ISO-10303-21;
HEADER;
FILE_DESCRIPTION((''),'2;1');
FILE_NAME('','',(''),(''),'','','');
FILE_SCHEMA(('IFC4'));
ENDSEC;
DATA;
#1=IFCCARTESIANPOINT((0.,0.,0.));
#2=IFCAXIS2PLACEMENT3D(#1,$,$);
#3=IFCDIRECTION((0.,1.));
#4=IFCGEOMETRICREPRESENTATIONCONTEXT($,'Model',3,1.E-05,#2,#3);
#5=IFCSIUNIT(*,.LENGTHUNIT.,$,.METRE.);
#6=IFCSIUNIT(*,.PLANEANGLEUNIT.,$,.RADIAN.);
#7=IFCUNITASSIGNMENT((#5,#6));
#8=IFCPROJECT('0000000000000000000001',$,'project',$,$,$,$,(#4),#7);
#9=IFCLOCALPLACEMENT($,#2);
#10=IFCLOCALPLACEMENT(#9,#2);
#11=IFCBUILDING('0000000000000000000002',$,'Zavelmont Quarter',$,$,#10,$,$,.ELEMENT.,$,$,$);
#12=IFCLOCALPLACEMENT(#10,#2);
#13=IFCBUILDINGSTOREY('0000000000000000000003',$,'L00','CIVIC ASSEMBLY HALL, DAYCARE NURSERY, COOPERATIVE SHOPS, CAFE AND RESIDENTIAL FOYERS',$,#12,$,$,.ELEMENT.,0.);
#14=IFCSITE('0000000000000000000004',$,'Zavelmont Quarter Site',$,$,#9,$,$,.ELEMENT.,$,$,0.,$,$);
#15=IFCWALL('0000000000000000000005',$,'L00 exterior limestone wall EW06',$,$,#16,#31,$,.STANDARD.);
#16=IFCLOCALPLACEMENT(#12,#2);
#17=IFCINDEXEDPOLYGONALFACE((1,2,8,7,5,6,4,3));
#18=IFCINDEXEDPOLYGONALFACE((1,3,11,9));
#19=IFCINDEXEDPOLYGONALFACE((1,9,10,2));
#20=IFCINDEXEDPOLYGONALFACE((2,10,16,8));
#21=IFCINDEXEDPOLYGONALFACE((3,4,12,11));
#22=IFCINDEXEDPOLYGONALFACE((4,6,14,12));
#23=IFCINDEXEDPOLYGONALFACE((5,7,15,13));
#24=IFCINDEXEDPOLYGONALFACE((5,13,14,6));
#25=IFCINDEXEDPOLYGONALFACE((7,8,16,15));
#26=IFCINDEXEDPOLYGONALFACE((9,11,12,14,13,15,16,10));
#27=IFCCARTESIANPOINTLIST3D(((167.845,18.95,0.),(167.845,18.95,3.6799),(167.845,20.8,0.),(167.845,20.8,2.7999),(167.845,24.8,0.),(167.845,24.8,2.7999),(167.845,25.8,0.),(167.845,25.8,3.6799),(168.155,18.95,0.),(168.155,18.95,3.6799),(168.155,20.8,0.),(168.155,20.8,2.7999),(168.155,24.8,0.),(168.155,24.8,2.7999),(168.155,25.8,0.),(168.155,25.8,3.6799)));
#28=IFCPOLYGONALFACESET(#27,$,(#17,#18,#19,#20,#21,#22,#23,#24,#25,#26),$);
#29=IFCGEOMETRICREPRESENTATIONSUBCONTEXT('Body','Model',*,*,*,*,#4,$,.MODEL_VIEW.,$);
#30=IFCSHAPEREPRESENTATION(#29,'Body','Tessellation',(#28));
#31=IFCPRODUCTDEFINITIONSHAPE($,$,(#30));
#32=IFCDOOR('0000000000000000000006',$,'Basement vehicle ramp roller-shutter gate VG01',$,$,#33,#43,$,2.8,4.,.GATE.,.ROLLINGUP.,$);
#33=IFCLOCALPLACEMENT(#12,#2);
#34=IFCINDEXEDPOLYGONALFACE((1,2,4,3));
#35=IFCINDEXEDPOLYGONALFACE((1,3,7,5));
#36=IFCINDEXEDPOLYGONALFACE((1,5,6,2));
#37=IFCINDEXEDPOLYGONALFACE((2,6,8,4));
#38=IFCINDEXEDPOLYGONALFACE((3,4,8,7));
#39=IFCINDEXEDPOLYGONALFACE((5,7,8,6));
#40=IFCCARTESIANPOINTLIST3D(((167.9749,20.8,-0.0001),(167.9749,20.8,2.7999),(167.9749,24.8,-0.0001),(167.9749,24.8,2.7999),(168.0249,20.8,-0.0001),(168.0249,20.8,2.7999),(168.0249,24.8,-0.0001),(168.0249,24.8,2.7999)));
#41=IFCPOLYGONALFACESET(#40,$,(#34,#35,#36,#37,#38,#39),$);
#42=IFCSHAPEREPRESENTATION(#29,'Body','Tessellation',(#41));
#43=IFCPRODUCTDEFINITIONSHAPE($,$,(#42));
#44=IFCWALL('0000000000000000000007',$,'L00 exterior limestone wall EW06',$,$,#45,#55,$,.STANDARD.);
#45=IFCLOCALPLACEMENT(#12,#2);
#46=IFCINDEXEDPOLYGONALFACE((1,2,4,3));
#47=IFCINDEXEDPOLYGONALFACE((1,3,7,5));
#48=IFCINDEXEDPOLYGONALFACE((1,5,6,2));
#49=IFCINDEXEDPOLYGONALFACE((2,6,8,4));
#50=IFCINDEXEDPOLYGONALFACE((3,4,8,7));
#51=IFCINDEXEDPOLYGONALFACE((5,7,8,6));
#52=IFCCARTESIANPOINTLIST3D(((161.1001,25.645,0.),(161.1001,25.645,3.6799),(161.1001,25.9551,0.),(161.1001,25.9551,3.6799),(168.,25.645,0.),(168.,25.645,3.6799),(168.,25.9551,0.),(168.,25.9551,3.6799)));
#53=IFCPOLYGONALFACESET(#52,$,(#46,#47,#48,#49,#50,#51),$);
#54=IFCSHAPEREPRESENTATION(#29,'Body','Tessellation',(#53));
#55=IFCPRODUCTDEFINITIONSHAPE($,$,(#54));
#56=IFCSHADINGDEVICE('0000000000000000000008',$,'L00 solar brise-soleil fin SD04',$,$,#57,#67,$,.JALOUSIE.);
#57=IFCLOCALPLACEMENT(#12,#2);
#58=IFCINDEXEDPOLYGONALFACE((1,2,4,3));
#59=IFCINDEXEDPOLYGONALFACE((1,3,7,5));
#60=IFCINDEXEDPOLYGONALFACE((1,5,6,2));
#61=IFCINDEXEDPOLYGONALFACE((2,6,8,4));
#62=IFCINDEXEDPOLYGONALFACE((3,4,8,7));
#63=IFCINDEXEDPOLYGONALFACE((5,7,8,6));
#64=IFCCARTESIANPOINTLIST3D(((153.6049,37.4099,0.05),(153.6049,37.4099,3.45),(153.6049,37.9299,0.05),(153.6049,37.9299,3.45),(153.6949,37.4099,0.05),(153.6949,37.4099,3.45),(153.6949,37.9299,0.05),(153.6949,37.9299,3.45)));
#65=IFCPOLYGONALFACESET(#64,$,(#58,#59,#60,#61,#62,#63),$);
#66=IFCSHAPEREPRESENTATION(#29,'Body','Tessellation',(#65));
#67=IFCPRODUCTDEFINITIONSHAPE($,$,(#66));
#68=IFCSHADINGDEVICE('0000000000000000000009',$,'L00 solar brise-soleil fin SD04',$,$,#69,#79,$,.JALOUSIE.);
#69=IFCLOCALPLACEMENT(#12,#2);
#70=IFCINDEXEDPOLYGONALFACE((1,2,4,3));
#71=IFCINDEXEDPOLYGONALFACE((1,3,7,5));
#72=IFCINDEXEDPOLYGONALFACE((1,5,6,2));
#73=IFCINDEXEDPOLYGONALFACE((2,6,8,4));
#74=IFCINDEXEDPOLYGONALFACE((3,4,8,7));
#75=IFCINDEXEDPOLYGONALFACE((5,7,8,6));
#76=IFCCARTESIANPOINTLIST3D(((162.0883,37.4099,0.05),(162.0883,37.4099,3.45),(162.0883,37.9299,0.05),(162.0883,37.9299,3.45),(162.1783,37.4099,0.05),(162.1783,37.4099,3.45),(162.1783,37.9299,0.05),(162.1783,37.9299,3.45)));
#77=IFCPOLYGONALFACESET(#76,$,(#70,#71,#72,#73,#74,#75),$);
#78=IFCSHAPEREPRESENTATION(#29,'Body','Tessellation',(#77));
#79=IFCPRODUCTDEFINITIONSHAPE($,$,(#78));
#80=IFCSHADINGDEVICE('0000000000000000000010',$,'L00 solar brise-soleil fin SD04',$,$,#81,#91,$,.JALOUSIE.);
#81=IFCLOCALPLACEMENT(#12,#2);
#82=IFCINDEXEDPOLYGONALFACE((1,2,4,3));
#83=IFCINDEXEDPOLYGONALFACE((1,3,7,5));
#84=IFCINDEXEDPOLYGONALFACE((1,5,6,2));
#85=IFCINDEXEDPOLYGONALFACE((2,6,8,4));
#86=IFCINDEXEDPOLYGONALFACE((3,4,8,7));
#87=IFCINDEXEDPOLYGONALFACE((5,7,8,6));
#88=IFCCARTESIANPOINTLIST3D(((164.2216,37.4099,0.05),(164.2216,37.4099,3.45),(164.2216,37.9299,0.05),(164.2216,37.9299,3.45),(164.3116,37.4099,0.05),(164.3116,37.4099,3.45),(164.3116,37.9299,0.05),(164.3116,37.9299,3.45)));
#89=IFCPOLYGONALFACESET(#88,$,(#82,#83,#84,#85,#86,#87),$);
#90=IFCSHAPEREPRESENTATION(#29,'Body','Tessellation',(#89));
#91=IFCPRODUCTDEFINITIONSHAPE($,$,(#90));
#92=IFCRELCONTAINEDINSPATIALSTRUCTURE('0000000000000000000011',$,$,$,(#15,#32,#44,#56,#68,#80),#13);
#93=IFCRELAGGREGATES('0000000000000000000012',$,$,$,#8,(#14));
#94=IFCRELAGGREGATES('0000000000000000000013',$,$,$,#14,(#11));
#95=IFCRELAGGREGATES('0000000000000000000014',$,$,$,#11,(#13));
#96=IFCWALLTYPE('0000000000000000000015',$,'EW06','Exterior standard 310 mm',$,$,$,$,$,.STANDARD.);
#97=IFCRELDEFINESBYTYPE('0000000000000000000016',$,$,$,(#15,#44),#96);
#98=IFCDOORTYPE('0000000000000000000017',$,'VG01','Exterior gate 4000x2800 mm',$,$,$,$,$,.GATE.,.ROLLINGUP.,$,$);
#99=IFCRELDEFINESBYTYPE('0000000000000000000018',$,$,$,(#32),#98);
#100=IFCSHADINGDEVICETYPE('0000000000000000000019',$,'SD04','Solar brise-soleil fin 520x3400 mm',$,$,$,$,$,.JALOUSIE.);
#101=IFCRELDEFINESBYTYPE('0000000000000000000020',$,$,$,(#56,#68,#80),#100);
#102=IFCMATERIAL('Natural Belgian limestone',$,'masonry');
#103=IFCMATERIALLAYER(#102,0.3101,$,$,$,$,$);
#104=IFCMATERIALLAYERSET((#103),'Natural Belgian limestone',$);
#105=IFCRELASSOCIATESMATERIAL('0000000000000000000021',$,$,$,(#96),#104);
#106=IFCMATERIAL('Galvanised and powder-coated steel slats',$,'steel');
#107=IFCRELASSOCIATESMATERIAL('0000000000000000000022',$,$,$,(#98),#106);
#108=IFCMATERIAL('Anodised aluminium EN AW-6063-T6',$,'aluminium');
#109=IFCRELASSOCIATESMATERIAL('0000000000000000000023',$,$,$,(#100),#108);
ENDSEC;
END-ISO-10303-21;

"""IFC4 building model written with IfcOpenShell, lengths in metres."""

from ifc_helpers import new_model, si_unit, direction, frame, frame_2d, origin, origin_2d, place, context, subcontext, project, spatial, rectangle, extrude, material, layer, layer_set, type_object, element, fill, save


model = new_model("IFC4")

# Units and contexts
model_context = context("Model", 3, precision=1e-05, world=origin(), true_north=direction((0.0, 1.0)))
body_context = subcontext(model_context, "Body", "Model", "MODEL_VIEW")
ifc_project = project(units=[si_unit("LENGTHUNIT", "METRE"), si_unit("PLANEANGLEUNIT", "RADIAN")], contexts=[model_context])

# Site, building, storey
site_placement = place(None, origin())
site = spatial("IfcSite", under=ifc_project, at=site_placement, Name="Zavelmont Quarter Site", CompositionType="ELEMENT", RefElevation=0.0)
building_placement = place(site_placement, origin())
building = spatial("IfcBuilding", under=site, at=building_placement, Name="Zavelmont Quarter", CompositionType="ELEMENT")
storey_placement = place(building_placement, origin())
storey = spatial("IfcBuildingStorey", under=building, at=storey_placement, Name="L00", Description="CIVIC ASSEMBLY HALL, DAYCARE NURSERY, COOPERATIVE SHOPS, CAFE AND RESIDENTIAL FOYERS", CompositionType="ELEMENT", Elevation=0.0)

# Shared definitions
ifc_material_1 = material(Name="Natural Belgian limestone", Category="masonry")

# Wall, opening, door
ifc_layer_1 = layer(ifc_material_1, 0.3101)
ifc_layer_set_1 = layer_set([ifc_layer_1], Name="Natural Belgian limestone")
wall_type_1 = type_object("IfcWallType", Name="EW06", Description="Exterior standard 310 mm", PredefinedType="STANDARD", material=ifc_layer_set_1)
wall_1_placement = place(storey_placement, frame((168.0, 18.95, 0.0), z_axis=(0.0, 0.0, 1.0), x_axis=(0.0, 1.0, 0.0)))
wall_1 = element("IfcWall", 1, at=wall_1_placement, inside=storey, type_object=wall_type_1, Name="L00 exterior limestone wall EW06", PredefinedType="STANDARD", context=body_context, shape_type="SweptSolid", body=[
    extrude(rectangle(XDim=6.8501, YDim=0.3101, at=frame_2d((3.425, 0.0))), origin(), (0.0, 0.0, 1.0), 3.6799),
])
opening_placement = place(wall_1_placement, frame((1.8501, 0.0, 0.0)))
opening = element("IfcOpeningElement", 2, at=opening_placement, cuts=wall_1, PredefinedType="OPENING", context=body_context, shape_type="SweptSolid", body=[
    extrude(rectangle(XDim=4.0, YDim=2.8, at=frame_2d((2.0, 1.3999))), frame((0.0, 0.167, 0.0), z_axis=(0.0, -1.0, 0.0), x_axis=(1.0, 0.0, 0.0)), (0.0, 0.0, 1.0), 0.334),
])
ifc_material_2 = material(Name="Galvanised and powder-coated steel slats", Category="steel")
door_type = type_object("IfcDoorType", Name="VG01", Description="Exterior gate 4000x2800 mm", OperationType="ROLLINGUP", PredefinedType="GATE", material=ifc_material_2)
door_placement = place(opening_placement, frame((4.0, 0.0, 0.0), z_axis=(0.0, 0.0, 1.0), x_axis=(-1.0, 0.0, 0.0)))
door = element("IfcDoor", 3, at=door_placement, inside=storey, type_object=door_type, Name="Basement vehicle ramp roller-shutter gate VG01", OperationType="ROLLINGUP", OverallHeight=2.8, OverallWidth=4.0, PredefinedType="GATE", context=body_context, shape_type="SweptSolid", body=[
    extrude(rectangle(XDim=4.0, YDim=2.8, at=frame_2d((2.0, 1.3999))), frame((0.0, 0.0249, 0.0), z_axis=(0.0, -1.0, 0.0), x_axis=(1.0, 0.0, 0.0)), (0.0, 0.0, 1.0), 0.05),
])
fill(opening, door)

# Wall
wall_2_placement = place(storey_placement, frame((161.1001, 25.8, 0.0), z_axis=(0.0, 0.0, 1.0), x_axis=(1.0, 0.0, 0.0)))
element("IfcWall", 4, at=wall_2_placement, inside=storey, type_object=wall_type_1, Name="L00 exterior limestone wall EW06", PredefinedType="STANDARD", context=body_context, shape_type="SweptSolid", body=[
    extrude(rectangle(XDim=6.8999, YDim=0.3101, at=frame_2d((3.45, 0.0))), origin(), (0.0, 0.0, 1.0), 3.6799),
])

# Shading devices
ifc_material_3 = material(Name="Anodised aluminium EN AW-6063-T6", Category="aluminium")
shading_device_type = type_object("IfcShadingDeviceType", Name="SD04", Description="Solar brise-soleil fin 520x3400 mm", PredefinedType="JALOUSIE", material=ifc_material_3)
for number, where, z_axis, x_axis, name in (
    (5, (153.6499, 37.6699, 0.05), (0.0, 0.0, 1.0), (1.0, 0.0, 0.0), "L00 solar brise-soleil fin SD04"),
    (6, (162.1333, 37.6699, 0.05), (0.0, 0.0, 1.0), (1.0, 0.0, 0.0), "L00 solar brise-soleil fin SD04"),
    (7, (164.2666, 37.6699, 0.05), (0.0, 0.0, 1.0), (1.0, 0.0, 0.0), "L00 solar brise-soleil fin SD04"),
):
    element("IfcShadingDevice", number, at=place(storey_placement, frame(where, z_axis=z_axis, x_axis=x_axis)), inside=storey, type_object=shading_device_type, Name=name, PredefinedType="JALOUSIE", context=body_context, shape_type="SweptSolid", body=[
        extrude(rectangle(XDim=0.0901, YDim=0.52, at=origin_2d()), origin(), (0.0, 0.0, 1.0), 3.3999),
    ])

save(model, "model.ifc")
